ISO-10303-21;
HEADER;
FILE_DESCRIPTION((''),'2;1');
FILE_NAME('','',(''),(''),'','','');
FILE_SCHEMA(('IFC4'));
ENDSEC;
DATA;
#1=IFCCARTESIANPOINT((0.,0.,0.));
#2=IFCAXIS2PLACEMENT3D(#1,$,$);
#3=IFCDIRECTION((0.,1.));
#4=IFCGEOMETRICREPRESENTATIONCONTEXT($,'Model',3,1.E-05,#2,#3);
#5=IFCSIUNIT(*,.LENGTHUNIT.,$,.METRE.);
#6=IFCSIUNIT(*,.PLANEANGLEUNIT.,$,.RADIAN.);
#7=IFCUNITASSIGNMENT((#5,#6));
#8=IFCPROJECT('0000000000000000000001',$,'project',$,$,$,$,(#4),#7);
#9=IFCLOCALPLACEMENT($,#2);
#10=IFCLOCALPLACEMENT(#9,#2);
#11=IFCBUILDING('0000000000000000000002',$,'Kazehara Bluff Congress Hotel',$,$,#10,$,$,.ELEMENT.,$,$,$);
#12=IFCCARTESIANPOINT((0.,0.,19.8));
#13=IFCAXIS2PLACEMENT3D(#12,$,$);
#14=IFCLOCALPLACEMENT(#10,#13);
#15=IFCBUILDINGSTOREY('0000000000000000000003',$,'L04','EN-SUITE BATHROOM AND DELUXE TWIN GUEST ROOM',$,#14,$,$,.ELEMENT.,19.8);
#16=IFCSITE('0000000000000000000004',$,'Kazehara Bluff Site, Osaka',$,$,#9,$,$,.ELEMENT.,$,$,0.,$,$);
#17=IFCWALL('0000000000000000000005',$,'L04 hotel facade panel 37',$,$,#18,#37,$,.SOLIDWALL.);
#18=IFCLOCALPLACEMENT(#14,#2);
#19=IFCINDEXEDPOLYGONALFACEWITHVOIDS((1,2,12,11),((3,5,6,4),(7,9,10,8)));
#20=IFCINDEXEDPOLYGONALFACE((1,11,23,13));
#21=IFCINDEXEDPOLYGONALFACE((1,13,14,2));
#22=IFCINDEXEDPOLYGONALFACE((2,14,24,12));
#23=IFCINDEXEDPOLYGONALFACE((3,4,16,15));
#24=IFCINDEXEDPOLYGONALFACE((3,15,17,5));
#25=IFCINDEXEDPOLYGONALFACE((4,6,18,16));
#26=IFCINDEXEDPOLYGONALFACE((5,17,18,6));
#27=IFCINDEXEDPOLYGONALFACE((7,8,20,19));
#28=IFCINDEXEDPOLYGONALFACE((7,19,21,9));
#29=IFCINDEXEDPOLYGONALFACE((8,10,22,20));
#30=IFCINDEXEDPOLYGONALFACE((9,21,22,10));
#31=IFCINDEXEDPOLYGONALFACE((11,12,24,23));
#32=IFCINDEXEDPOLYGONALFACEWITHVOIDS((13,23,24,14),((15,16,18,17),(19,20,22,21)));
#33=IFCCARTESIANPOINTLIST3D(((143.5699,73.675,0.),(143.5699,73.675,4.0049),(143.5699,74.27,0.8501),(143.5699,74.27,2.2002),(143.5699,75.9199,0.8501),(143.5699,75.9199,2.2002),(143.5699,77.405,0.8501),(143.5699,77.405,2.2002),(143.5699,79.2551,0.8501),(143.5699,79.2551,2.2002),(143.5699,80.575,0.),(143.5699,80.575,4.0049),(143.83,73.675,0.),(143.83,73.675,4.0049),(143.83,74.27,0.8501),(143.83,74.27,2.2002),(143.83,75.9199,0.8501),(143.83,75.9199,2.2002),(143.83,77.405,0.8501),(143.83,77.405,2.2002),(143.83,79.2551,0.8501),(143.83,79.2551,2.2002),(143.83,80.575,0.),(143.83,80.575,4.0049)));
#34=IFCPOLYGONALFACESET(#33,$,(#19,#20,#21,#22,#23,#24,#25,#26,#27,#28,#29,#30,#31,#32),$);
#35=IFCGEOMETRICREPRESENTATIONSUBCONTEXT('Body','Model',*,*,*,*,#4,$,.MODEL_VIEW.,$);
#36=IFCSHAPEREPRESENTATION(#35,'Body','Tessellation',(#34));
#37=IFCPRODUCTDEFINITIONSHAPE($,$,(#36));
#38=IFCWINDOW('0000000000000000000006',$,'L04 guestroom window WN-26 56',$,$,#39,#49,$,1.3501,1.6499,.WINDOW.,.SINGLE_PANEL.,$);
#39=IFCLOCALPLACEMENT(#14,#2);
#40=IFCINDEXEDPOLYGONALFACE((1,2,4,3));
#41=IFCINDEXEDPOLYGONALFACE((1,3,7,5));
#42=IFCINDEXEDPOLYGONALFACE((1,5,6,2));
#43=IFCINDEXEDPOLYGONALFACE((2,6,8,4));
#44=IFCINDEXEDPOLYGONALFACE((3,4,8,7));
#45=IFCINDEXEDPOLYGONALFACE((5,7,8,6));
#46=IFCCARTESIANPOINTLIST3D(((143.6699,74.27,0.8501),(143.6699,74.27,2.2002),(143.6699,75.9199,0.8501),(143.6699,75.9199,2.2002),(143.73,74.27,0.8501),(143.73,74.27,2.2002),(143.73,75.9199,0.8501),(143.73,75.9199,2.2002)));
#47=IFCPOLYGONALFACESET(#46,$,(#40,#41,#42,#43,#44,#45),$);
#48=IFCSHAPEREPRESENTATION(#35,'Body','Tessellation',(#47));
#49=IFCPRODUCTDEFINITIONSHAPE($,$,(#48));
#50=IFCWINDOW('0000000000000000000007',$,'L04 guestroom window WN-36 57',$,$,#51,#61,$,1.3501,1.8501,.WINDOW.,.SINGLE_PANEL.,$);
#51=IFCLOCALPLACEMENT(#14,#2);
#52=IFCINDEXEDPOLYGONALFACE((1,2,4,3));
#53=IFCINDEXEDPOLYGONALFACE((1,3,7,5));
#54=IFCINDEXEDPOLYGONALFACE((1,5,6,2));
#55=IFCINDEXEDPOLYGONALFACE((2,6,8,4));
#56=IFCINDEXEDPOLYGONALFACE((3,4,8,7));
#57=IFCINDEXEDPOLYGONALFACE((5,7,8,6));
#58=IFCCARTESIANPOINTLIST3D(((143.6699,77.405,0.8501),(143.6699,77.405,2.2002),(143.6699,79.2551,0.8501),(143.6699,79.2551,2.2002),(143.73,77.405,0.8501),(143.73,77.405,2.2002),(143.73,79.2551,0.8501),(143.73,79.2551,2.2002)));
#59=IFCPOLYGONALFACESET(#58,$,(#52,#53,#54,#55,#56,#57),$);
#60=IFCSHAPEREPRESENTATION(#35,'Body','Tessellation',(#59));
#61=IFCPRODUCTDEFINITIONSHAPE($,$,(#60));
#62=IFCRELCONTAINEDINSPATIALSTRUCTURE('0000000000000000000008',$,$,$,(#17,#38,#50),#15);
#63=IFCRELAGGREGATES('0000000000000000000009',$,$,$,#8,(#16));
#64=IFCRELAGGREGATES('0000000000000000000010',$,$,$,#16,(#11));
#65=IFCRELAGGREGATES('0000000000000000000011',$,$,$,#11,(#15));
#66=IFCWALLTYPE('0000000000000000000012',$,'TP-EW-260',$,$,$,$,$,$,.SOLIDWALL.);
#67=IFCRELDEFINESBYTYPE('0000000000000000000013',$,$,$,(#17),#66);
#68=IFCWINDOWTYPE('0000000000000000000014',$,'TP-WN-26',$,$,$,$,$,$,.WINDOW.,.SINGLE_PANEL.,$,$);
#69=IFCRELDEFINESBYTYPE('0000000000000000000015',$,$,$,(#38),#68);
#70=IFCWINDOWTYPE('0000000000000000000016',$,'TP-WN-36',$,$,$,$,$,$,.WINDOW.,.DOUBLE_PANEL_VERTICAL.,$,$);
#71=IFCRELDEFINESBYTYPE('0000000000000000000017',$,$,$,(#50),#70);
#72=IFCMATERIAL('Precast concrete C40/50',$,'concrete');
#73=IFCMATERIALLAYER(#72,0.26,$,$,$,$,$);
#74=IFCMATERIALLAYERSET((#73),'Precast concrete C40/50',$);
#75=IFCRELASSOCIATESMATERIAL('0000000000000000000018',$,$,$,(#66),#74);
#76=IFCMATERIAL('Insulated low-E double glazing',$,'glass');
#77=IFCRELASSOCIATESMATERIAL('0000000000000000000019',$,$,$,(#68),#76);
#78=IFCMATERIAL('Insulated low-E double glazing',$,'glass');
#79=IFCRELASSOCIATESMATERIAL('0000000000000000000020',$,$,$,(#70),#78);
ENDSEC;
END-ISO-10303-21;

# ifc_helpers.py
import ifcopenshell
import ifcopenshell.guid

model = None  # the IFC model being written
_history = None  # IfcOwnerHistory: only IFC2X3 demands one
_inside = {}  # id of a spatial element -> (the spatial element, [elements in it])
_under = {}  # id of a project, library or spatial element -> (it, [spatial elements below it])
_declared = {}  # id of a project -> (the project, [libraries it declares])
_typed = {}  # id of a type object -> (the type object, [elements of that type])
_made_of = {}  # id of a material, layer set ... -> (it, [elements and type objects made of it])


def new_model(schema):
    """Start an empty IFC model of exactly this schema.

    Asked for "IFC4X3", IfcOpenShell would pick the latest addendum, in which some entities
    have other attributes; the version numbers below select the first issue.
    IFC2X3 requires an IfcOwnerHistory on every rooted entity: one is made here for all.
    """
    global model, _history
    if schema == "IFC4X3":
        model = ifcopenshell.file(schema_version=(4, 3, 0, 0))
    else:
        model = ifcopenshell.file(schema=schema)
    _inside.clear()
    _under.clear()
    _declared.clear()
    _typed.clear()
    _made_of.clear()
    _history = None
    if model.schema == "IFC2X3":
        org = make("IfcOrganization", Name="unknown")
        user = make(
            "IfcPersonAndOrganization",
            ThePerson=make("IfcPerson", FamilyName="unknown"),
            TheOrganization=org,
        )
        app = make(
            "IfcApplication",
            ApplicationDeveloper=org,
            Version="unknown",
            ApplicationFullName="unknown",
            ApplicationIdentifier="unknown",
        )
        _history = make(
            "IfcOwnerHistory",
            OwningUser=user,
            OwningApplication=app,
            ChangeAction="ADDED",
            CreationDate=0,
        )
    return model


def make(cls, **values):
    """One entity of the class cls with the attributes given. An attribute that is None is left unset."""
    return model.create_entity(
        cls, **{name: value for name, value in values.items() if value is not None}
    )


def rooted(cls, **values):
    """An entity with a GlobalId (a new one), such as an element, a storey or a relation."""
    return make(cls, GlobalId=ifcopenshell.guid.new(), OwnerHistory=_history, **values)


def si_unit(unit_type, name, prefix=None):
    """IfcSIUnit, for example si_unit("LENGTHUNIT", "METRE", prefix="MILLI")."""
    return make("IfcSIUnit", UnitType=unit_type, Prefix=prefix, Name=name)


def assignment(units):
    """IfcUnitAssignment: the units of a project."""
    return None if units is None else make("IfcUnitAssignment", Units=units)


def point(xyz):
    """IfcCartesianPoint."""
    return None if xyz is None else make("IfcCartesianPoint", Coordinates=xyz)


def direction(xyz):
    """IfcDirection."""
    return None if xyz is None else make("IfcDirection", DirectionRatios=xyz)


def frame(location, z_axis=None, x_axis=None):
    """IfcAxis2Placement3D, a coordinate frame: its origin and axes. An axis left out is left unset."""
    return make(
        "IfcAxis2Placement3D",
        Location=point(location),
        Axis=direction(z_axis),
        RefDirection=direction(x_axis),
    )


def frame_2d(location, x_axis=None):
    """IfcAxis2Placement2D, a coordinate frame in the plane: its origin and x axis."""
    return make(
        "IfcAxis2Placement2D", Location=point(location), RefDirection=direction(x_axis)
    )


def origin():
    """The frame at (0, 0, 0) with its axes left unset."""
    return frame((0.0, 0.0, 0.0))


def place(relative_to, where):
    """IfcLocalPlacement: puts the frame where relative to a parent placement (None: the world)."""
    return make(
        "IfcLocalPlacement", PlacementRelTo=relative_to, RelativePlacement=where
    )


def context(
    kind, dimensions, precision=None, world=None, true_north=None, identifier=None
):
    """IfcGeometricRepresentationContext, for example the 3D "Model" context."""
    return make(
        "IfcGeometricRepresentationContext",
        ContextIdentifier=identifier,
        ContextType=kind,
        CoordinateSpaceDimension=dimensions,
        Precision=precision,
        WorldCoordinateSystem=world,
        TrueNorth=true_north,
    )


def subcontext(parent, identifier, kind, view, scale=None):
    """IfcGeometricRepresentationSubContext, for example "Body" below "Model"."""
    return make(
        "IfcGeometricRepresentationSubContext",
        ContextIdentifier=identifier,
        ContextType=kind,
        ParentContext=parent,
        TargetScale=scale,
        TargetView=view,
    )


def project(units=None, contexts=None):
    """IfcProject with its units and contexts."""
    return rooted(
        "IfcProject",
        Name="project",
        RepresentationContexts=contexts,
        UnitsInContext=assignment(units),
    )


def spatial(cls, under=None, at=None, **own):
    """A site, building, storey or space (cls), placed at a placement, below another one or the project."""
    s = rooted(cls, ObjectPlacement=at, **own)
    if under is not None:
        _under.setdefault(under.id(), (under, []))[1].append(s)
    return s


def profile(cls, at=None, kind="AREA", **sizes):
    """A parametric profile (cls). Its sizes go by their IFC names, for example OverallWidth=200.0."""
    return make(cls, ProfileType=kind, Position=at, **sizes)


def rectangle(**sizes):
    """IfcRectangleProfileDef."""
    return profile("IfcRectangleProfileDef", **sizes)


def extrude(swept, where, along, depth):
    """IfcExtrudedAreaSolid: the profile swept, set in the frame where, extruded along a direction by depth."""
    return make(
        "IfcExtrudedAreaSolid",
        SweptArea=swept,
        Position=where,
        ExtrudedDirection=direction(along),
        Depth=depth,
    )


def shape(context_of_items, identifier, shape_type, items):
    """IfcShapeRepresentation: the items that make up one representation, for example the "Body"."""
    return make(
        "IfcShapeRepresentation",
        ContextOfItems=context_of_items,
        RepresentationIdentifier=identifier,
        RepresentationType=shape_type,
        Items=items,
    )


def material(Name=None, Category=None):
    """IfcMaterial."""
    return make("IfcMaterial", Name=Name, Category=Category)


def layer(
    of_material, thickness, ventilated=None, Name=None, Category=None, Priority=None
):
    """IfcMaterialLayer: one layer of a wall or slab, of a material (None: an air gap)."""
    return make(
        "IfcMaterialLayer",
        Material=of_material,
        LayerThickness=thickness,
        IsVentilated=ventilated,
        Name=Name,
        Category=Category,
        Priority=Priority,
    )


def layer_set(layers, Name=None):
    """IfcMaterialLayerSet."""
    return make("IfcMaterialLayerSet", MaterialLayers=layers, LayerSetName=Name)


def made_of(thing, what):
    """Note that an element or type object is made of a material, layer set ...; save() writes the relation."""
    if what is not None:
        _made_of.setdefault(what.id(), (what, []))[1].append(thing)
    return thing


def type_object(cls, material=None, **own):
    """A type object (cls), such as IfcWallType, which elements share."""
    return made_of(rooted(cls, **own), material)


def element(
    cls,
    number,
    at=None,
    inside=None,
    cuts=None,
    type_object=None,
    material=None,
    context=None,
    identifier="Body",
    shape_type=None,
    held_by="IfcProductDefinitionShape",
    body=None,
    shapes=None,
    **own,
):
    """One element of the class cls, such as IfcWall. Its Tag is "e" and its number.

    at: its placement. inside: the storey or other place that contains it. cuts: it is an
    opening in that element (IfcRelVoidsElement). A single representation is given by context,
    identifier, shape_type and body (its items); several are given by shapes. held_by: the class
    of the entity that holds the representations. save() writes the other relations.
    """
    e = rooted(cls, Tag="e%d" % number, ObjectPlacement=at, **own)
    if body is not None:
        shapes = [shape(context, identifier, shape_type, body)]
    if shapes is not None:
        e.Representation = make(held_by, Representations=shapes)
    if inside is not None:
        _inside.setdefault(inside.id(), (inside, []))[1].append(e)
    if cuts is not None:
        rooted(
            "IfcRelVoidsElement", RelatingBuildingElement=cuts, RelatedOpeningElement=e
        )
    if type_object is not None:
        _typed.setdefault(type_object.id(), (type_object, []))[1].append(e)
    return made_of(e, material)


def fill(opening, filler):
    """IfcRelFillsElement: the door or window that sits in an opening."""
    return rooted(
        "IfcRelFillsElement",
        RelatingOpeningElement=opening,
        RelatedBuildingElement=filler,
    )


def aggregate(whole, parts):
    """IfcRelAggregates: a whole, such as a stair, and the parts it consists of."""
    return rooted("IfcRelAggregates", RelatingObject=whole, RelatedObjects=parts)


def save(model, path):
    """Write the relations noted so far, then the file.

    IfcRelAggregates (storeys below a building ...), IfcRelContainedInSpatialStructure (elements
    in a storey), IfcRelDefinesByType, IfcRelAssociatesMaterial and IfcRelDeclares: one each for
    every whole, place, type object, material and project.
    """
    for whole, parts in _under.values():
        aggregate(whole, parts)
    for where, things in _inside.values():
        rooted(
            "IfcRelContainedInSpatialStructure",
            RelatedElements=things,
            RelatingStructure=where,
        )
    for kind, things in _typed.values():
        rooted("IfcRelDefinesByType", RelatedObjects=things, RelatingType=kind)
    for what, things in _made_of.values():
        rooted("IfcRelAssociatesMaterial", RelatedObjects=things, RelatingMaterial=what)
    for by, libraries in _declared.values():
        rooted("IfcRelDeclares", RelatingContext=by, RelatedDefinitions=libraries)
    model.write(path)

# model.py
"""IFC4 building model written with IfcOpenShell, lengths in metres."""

from ifc_helpers import new_model, si_unit, direction, frame, frame_2d, origin, place, context, subcontext, project, spatial, rectangle, extrude, material, layer, layer_set, type_object, element, fill, save


model = new_model("IFC4")

# Units and contexts
model_context = context("Model", 3, precision=1e-05, world=origin(), true_north=direction((0.0, 1.0)))
body_context = subcontext(model_context, "Body", "Model", "MODEL_VIEW")
ifc_project = project(units=[si_unit("LENGTHUNIT", "METRE"), si_unit("PLANEANGLEUNIT", "RADIAN")], contexts=[model_context])

# Site, building, storey
site_placement = place(None, origin())
site = spatial("IfcSite", under=ifc_project, at=site_placement, Name="Kazehara Bluff Site, Osaka", CompositionType="ELEMENT", RefElevation=0.0)
building_placement = place(site_placement, origin())
building = spatial("IfcBuilding", under=site, at=building_placement, Name="Kazehara Bluff Congress Hotel", CompositionType="ELEMENT")
storey_placement = place(building_placement, frame((0.0, 0.0, 19.8)))
storey = spatial("IfcBuildingStorey", under=building, at=storey_placement, Name="L04", Description="EN-SUITE BATHROOM AND DELUXE TWIN GUEST ROOM", CompositionType="ELEMENT", Elevation=19.8)

# Shared definitions
ifc_material_1 = material(Name="Precast concrete C40/50", Category="concrete")
ifc_layer_1 = layer(ifc_material_1, 0.26)
ifc_layer_set_1 = layer_set([ifc_layer_1], Name="Precast concrete C40/50")
wall_type = type_object("IfcWallType", Name="TP-EW-260", PredefinedType="SOLIDWALL", material=ifc_layer_set_1)

# Wall, openings, windows
wall_1_placement = place(storey_placement, frame((143.7, 73.675, 0.0), z_axis=(0.0, 0.0, 1.0), x_axis=(0.0, 1.0, 0.0)))
wall_1 = element("IfcWall", 1, at=wall_1_placement, inside=storey, type_object=wall_type, Name="L04 hotel facade panel 37", PredefinedType="SOLIDWALL", context=body_context, shape_type="SweptSolid", body=[
    extrude(rectangle(XDim=6.8999, YDim=0.26, at=frame_2d((3.45, 0.0))), origin(), (0.0, 0.0, 1.0), 4.0049),
])
opening_1_placement = place(wall_1_placement, frame((0.595, 0.0, 0.8501)))
opening_1 = element("IfcOpeningElement", 2, at=opening_1_placement, cuts=wall_1, PredefinedType="OPENING", context=body_context, shape_type="SweptSolid", body=[
    extrude(rectangle(XDim=1.6499, YDim=1.3501, at=frame_2d((0.825, 0.675))), frame((0.0, 0.1399, 0.0), z_axis=(0.0, -1.0, 0.0), x_axis=(1.0, 0.0, 0.0)), (0.0, 0.0, 1.0), 0.28),
])
opening_2_placement = place(wall_1_placement, frame((3.73, 0.0, 0.8501)))
opening_2 = element("IfcOpeningElement", 3, at=opening_2_placement, cuts=wall_1, PredefinedType="OPENING", context=body_context, shape_type="SweptSolid", body=[
    extrude(rectangle(XDim=1.8501, YDim=1.3501, at=frame_2d((0.925, 0.675))), frame((0.0, 0.1399, 0.0), z_axis=(0.0, -1.0, 0.0), x_axis=(1.0, 0.0, 0.0)), (0.0, 0.0, 1.0), 0.28),
])
ifc_material_2 = material(Name="Insulated low-E double glazing", Category="glass")
window_type_1 = type_object("IfcWindowType", Name="TP-WN-26", PartitioningType="SINGLE_PANEL", PredefinedType="WINDOW", material=ifc_material_2)
window_1_placement = place(opening_1_placement, origin())
window_1 = element("IfcWindow", 4, at=window_1_placement, inside=storey, type_object=window_type_1, Name="L04 guestroom window WN-26 56", OverallHeight=1.3501, OverallWidth=1.6499, PartitioningType="SINGLE_PANEL", PredefinedType="WINDOW", context=body_context, shape_type="SweptSolid", body=[
    extrude(rectangle(XDim=1.6499, YDim=1.3501, at=frame_2d((0.825, 0.675))), frame((0.0, 0.03, 0.0), z_axis=(0.0, -1.0, 0.0), x_axis=(1.0, 0.0, 0.0)), (0.0, 0.0, 1.0), 0.0601),
])
fill(opening_1, window_1)
ifc_material_3 = material(Name="Insulated low-E double glazing", Category="glass")
window_type_2 = type_object("IfcWindowType", Name="TP-WN-36", PartitioningType="DOUBLE_PANEL_VERTICAL", PredefinedType="WINDOW", material=ifc_material_3)
window_2_placement = place(opening_2_placement, origin())
window_2 = element("IfcWindow", 5, at=window_2_placement, inside=storey, type_object=window_type_2, Name="L04 guestroom window WN-36 57", OverallHeight=1.3501, OverallWidth=1.8501, PartitioningType="SINGLE_PANEL", PredefinedType="WINDOW", context=body_context, shape_type="SweptSolid", body=[
    extrude(rectangle(XDim=1.8501, YDim=1.3501, at=frame_2d((0.925, 0.675))), frame((0.0, 0.03, 0.0), z_axis=(0.0, -1.0, 0.0), x_axis=(1.0, 0.0, 0.0)), (0.0, 0.0, 1.0), 0.0601),
])
fill(opening_2, window_2)

save(model, "model.ifc")
